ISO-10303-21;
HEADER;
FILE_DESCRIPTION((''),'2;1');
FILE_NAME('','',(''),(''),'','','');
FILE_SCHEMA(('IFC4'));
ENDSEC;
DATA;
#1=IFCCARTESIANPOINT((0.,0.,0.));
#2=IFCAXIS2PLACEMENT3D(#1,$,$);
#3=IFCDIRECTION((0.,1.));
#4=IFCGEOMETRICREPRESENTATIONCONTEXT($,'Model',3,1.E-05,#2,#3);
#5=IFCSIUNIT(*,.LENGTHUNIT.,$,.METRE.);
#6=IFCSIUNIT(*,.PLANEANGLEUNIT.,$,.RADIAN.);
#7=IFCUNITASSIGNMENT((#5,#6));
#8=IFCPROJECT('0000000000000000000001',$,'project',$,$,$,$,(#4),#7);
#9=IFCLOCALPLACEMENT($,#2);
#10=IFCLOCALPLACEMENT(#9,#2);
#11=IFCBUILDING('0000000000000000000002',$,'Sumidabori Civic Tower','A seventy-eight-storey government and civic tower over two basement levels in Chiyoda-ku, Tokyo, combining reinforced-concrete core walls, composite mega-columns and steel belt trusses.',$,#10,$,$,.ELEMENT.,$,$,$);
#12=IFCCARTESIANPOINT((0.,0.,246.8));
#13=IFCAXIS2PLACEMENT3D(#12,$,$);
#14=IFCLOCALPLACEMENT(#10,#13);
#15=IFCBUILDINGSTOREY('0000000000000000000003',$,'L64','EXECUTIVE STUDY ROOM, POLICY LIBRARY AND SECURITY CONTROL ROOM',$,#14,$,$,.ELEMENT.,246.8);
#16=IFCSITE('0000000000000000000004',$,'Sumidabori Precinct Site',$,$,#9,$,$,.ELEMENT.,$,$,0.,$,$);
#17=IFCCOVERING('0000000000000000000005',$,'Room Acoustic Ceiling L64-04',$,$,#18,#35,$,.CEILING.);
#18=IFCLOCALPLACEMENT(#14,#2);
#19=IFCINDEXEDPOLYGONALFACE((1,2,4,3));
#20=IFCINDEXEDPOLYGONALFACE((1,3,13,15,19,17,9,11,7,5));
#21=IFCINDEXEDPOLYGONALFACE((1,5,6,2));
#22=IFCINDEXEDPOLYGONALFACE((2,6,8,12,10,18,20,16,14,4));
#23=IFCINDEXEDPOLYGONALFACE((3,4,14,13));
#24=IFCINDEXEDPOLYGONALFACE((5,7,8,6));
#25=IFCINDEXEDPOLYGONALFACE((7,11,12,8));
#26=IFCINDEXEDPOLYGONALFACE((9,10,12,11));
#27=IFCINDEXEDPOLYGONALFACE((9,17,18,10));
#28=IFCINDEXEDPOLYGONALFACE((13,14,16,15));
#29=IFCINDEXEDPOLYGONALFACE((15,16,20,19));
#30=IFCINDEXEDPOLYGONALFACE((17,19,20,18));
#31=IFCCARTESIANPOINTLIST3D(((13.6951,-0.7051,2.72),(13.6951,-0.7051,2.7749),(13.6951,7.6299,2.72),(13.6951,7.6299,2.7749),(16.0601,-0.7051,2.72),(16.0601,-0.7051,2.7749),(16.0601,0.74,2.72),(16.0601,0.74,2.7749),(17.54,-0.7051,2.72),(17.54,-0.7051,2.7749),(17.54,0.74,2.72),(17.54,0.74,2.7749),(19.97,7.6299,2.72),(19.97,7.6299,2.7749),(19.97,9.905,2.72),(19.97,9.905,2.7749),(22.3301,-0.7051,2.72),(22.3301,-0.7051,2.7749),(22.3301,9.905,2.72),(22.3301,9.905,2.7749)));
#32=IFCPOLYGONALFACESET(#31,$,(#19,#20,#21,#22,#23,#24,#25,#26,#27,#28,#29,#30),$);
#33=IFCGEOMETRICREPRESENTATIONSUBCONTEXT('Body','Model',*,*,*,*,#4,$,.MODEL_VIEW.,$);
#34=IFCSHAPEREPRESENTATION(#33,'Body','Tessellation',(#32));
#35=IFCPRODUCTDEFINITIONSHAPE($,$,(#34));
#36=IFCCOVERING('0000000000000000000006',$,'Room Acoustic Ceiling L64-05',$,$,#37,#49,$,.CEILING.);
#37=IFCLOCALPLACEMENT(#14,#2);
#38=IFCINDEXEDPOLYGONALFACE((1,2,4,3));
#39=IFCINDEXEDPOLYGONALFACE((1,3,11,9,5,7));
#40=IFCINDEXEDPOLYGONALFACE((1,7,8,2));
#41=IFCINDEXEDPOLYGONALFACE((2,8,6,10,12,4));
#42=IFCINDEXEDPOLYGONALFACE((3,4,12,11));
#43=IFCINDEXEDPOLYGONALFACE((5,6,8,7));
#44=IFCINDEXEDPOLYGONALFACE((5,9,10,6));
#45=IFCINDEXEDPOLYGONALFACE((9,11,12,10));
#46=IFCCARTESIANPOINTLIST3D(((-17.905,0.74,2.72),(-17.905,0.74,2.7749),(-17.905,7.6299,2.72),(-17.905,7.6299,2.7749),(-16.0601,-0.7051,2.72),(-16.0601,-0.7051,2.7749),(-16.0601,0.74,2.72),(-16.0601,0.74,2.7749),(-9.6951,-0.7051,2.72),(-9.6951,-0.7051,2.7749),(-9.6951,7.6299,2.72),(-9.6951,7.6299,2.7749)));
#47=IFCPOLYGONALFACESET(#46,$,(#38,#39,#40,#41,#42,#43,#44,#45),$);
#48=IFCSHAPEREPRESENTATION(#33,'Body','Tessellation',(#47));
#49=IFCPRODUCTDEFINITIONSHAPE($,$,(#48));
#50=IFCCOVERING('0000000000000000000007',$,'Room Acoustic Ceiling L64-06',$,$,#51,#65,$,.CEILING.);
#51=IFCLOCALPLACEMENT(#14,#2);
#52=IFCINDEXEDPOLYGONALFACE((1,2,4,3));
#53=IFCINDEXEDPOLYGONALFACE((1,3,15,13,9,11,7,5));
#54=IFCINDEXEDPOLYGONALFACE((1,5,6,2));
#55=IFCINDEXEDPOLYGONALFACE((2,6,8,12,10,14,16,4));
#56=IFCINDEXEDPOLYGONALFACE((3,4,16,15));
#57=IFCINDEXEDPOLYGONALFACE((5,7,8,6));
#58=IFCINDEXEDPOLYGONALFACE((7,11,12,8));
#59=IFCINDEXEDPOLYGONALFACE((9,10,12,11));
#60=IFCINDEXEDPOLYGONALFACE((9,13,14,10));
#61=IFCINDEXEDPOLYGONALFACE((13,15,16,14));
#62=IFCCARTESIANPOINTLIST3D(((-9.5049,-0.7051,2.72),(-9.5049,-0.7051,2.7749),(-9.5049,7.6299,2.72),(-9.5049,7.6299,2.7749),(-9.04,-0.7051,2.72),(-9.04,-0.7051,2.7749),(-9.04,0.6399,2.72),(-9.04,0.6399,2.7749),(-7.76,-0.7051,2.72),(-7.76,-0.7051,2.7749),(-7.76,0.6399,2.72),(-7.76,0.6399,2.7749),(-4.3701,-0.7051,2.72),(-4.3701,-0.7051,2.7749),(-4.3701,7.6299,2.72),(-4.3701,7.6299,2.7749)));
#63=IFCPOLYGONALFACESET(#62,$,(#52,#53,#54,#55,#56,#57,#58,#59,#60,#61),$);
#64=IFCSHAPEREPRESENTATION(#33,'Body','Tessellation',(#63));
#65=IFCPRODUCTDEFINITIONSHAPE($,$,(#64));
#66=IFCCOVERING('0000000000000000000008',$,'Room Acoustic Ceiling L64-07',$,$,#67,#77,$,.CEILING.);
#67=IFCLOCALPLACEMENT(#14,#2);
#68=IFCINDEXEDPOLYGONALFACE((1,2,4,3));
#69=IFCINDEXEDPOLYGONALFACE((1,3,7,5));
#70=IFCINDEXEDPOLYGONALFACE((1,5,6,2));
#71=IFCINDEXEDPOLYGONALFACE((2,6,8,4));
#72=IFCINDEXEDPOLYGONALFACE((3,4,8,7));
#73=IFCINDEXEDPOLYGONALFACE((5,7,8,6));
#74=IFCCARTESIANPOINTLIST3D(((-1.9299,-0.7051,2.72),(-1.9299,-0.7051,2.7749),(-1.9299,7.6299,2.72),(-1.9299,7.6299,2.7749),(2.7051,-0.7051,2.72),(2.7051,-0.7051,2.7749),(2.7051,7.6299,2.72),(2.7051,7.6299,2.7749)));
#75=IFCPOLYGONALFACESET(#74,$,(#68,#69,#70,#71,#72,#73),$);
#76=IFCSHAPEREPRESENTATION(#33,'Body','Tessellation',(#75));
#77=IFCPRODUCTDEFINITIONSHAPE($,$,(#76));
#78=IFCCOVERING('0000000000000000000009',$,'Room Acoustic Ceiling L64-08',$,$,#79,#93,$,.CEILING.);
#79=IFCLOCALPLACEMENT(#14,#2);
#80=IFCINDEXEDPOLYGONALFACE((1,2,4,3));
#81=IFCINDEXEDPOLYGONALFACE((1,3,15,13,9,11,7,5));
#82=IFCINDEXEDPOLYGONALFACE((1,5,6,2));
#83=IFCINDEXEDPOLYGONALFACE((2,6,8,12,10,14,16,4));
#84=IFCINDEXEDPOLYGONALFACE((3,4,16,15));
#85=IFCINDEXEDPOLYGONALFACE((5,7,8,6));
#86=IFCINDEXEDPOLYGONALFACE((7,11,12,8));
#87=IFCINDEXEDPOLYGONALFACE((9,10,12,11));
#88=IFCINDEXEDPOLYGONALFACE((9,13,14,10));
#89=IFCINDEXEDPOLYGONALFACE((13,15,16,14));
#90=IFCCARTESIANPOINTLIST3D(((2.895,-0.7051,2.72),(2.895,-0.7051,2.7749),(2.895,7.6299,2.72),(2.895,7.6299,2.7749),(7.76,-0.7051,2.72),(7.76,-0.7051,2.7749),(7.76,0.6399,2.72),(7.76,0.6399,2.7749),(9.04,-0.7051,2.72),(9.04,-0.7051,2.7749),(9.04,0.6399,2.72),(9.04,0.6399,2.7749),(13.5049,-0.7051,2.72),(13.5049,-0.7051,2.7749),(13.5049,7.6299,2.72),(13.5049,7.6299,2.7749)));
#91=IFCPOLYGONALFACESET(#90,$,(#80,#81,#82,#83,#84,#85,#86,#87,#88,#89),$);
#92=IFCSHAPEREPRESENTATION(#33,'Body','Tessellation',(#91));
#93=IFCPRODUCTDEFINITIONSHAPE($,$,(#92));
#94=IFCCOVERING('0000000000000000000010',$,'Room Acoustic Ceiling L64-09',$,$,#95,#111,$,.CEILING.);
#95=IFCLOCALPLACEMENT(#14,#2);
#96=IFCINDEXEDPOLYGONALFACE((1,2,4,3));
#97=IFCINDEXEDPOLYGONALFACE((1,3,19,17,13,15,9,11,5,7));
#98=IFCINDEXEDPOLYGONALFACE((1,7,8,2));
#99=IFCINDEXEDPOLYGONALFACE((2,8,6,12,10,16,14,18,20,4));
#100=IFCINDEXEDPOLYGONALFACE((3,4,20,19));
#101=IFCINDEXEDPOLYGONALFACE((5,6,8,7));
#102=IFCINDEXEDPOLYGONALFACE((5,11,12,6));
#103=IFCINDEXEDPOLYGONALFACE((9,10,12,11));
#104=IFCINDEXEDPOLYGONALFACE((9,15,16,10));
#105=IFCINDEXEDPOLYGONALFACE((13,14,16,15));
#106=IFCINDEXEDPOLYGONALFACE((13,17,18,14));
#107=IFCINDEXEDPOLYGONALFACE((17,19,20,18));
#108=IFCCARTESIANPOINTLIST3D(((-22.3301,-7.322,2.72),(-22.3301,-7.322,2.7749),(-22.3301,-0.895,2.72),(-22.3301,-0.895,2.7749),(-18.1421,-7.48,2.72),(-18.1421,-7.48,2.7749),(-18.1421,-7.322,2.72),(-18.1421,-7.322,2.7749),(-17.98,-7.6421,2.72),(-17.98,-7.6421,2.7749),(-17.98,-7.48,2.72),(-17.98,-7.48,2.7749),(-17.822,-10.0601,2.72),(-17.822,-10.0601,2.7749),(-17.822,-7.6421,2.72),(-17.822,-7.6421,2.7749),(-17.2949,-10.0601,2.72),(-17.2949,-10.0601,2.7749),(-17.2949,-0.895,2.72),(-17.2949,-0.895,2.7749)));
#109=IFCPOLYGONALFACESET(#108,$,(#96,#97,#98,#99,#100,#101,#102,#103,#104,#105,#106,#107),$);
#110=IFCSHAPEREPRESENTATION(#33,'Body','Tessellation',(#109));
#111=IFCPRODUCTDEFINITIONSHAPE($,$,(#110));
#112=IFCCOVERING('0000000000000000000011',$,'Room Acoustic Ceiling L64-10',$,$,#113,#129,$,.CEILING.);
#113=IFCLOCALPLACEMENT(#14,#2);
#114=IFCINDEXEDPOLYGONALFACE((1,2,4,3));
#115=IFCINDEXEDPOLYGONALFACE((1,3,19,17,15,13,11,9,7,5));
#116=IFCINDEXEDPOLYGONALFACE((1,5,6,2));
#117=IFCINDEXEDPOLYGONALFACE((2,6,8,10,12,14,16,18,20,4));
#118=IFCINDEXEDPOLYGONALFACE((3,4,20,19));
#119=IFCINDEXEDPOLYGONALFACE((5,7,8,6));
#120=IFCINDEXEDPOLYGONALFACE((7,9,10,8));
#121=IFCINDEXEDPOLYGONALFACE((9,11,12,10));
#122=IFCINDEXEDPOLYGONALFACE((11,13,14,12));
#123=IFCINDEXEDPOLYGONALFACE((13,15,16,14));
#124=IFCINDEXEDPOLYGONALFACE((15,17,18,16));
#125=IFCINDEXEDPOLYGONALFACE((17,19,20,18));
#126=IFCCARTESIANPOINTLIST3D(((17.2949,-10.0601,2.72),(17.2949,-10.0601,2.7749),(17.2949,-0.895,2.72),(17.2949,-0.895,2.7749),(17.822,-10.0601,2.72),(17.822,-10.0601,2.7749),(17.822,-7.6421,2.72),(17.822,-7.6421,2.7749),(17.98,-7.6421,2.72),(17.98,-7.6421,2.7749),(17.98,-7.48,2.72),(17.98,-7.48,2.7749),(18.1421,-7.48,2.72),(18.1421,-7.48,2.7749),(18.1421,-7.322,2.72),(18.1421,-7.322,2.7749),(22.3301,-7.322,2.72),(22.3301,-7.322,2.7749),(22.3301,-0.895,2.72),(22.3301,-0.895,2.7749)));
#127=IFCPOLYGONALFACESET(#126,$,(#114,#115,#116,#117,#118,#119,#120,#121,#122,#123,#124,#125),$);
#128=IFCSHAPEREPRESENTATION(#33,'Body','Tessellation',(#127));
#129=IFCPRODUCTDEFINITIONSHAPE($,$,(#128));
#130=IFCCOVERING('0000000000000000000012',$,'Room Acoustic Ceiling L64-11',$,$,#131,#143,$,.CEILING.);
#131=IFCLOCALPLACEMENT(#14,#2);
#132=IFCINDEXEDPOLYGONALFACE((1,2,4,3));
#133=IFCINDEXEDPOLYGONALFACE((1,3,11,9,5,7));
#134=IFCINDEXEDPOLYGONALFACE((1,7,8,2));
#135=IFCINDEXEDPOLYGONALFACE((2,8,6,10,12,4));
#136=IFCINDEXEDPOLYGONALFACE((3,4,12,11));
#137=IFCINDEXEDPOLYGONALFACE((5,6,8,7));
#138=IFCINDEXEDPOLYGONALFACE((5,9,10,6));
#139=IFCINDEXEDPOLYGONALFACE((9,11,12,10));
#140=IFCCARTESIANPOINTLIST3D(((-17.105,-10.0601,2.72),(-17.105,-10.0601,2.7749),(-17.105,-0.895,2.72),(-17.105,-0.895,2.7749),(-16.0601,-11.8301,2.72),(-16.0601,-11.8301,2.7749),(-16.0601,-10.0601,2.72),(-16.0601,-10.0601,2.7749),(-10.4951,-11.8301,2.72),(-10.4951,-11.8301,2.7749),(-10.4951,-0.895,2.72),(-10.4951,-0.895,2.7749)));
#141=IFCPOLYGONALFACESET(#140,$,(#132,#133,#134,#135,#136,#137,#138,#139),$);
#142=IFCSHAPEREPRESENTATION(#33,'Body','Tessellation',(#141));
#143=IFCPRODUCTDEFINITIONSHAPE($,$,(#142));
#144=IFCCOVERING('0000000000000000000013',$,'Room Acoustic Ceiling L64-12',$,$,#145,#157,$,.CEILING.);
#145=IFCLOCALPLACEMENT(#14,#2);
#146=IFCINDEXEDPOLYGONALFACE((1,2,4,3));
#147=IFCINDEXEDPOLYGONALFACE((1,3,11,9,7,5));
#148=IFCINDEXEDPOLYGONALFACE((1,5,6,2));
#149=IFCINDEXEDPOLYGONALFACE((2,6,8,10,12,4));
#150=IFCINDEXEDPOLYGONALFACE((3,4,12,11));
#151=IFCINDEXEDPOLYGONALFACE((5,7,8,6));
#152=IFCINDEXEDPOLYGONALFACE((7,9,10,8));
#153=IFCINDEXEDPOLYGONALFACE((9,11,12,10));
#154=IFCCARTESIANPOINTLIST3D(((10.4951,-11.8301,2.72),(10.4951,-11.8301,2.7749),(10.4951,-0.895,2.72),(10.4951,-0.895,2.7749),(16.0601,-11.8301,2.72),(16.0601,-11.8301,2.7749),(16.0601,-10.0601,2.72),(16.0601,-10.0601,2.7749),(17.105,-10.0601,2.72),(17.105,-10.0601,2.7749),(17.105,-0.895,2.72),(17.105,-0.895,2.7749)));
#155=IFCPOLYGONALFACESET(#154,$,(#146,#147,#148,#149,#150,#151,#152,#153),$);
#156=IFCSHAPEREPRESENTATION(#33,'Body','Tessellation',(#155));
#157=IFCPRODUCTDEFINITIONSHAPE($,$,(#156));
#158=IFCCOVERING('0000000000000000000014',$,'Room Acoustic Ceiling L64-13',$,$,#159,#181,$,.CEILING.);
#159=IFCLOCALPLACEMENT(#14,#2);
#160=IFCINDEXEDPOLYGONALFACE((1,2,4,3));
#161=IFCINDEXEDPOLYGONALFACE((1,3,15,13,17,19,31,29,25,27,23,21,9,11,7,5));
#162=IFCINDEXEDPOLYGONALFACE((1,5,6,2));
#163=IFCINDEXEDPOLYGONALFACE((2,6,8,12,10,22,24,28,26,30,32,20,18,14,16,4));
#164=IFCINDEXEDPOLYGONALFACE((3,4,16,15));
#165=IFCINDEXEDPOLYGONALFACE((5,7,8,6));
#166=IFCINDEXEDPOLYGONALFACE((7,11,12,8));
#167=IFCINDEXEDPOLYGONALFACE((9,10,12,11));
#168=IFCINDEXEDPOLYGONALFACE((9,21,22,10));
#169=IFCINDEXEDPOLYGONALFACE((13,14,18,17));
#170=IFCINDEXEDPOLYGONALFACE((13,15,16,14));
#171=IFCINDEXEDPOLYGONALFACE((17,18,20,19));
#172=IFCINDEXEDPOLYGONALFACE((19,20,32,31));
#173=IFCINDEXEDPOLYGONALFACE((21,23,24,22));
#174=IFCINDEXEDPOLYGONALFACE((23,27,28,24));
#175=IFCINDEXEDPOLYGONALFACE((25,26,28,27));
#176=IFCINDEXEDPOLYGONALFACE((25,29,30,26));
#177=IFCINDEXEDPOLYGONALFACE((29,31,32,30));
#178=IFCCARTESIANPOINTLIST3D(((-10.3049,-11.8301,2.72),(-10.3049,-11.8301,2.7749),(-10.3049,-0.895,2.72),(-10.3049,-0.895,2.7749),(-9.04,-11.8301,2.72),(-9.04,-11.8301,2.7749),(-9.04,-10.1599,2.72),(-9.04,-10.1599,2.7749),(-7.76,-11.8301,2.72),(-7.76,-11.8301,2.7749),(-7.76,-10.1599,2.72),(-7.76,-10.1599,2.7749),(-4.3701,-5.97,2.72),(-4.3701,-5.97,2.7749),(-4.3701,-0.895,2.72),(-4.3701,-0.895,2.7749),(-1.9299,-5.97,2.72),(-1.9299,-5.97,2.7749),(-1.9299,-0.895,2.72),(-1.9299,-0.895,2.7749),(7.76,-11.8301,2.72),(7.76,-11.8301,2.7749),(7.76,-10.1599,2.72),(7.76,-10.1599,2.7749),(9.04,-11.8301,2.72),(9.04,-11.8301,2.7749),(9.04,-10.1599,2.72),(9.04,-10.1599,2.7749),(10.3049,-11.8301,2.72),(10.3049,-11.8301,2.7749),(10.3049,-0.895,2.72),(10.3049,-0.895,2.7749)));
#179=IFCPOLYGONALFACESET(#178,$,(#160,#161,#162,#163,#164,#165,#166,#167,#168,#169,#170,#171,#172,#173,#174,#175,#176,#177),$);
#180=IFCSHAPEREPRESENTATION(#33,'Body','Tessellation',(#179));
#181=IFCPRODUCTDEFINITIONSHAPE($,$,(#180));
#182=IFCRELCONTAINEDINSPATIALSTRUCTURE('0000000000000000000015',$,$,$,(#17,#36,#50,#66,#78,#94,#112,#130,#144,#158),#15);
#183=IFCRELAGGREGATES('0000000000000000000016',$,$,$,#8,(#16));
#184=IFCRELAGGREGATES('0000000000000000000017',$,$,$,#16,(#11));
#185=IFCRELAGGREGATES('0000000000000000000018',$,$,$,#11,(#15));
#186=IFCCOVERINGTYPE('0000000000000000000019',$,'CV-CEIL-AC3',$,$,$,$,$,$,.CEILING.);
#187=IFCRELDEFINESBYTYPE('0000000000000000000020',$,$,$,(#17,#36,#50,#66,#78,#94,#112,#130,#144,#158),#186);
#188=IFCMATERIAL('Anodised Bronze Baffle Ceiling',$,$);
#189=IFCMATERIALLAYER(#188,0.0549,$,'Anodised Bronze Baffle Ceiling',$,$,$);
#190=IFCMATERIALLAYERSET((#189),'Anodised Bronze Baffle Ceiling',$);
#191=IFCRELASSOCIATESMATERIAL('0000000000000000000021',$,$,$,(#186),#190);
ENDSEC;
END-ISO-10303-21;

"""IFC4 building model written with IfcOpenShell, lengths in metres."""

from ifc_helpers import new_model, si_unit, direction, frame, origin, place, context, subcontext, project, spatial, polyline, outline, extrude, material, layer, layer_set, type_object, element, save


model = new_model("IFC4")

# Units and contexts
model_context = context("Model", 3, precision=1e-05, world=origin(), true_north=direction((0.0, 1.0)))
body_context = subcontext(model_context, "Body", "Model", "MODEL_VIEW")
ifc_project = project(units=[si_unit("LENGTHUNIT", "METRE"), si_unit("PLANEANGLEUNIT", "RADIAN")], contexts=[model_context])

# Site, building, storey
site_placement = place(None, origin())
site = spatial("IfcSite", under=ifc_project, at=site_placement, Name="Sumidabori Precinct Site", CompositionType="ELEMENT", RefElevation=0.0)
building_placement = place(site_placement, origin())
building = spatial("IfcBuilding", under=site, at=building_placement, Name="Sumidabori Civic Tower", Description="A seventy-eight-storey government and civic tower over two basement levels in Chiyoda-ku, Tokyo, combining reinforced-concrete core walls, composite mega-columns and steel belt trusses.", CompositionType="ELEMENT")
storey_placement = place(building_placement, frame((0.0, 0.0, 246.8)))
storey = spatial("IfcBuildingStorey", under=building, at=storey_placement, Name="L64", Description="EXECUTIVE STUDY ROOM, POLICY LIBRARY AND SECURITY CONTROL ROOM", CompositionType="ELEMENT", Elevation=246.8)

# Coverings
ifc_material_1 = material(Name="Anodised Bronze Baffle Ceiling")
ifc_layer_1 = layer(ifc_material_1, 0.0549, Name="Anodised Bronze Baffle Ceiling")
ifc_layer_set_1 = layer_set([ifc_layer_1], Name="Anodised Bronze Baffle Ceiling")
covering_type_1 = type_object("IfcCoveringType", Name="CV-CEIL-AC3", PredefinedType="CEILING", material=ifc_layer_set_1)
covering_1_placement = place(storey_placement, frame((0.0, 0.0, 2.72)))
element("IfcCovering", 1, at=covering_1_placement, inside=storey, type_object=covering_type_1, Name="Room Acoustic Ceiling L64-04", PredefinedType="CEILING", context=body_context, shape_type="SweptSolid", body=[
    extrude(outline(polyline([(13.6951, 7.6299), (19.97, 7.6299), (19.97, 9.905), (22.3301, 9.905), (22.3301, -0.7051), (17.54, -0.7051), (17.54, 0.74), (16.0601, 0.74), (16.0601, -0.7051), (13.6951, -0.7051), (13.6951, 7.6299)])), origin(), (0.0, 0.0, 1.0), 0.0549),
])
covering_2_placement = place(storey_placement, frame((0.0, 0.0, 2.72)))
element("IfcCovering", 2, at=covering_2_placement, inside=storey, type_object=covering_type_1, Name="Room Acoustic Ceiling L64-05", PredefinedType="CEILING", context=body_context, shape_type="SweptSolid", body=[
    extrude(outline(polyline([(-17.905, 7.6299), (-9.6951, 7.6299), (-9.6951, -0.7051), (-16.0601, -0.7051), (-16.0601, 0.74), (-17.905, 0.74), (-17.905, 7.6299)])), origin(), (0.0, 0.0, 1.0), 0.0549),
])
covering_3_placement = place(storey_placement, frame((0.0, 0.0, 2.72)))
element("IfcCovering", 3, at=covering_3_placement, inside=storey, type_object=covering_type_1, Name="Room Acoustic Ceiling L64-06", PredefinedType="CEILING", context=body_context, shape_type="SweptSolid", body=[
    extrude(outline(polyline([(-9.5049, 7.6299), (-4.3701, 7.6299), (-4.3701, -0.7051), (-7.76, -0.7051), (-7.76, 0.6399), (-9.04, 0.6399), (-9.04, -0.7051), (-9.5049, -0.7051), (-9.5049, 7.6299)])), origin(), (0.0, 0.0, 1.0), 0.0549),
])
covering_4_placement = place(storey_placement, frame((0.0, 0.0, 2.72)))
element("IfcCovering", 4, at=covering_4_placement, inside=storey, type_object=covering_type_1, Name="Room Acoustic Ceiling L64-07", PredefinedType="CEILING", context=body_context, shape_type="SweptSolid", body=[
    extrude(outline(polyline([(-1.9299, 7.6299), (2.7051, 7.6299), (2.7051, -0.7051), (-1.9299, -0.7051), (-1.9299, 7.6299)])), origin(), (0.0, 0.0, 1.0), 0.0549),
])
covering_5_placement = place(storey_placement, frame((0.0, 0.0, 2.72)))
element("IfcCovering", 5, at=covering_5_placement, inside=storey, type_object=covering_type_1, Name="Room Acoustic Ceiling L64-08", PredefinedType="CEILING", context=body_context, shape_type="SweptSolid", body=[
    extrude(outline(polyline([(2.895, 7.6299), (13.5049, 7.6299), (13.5049, -0.7051), (9.04, -0.7051), (9.04, 0.6399), (7.76, 0.6399), (7.76, -0.7051), (2.895, -0.7051), (2.895, 7.6299)])), origin(), (0.0, 0.0, 1.0), 0.0549),
])
covering_6_placement = place(storey_placement, frame((0.0, 0.0, 2.72)))
element("IfcCovering", 6, at=covering_6_placement, inside=storey, type_object=covering_type_1, Name="Room Acoustic Ceiling L64-09", PredefinedType="CEILING", context=body_context, shape_type="SweptSolid", body=[
    extrude(outline(polyline([(-22.3301, -7.322), (-22.3301, -0.895), (-17.2949, -0.895), (-17.2949, -10.0601), (-17.822, -10.0601), (-17.822, -7.6421), (-17.98, -7.6421), (-17.98, -7.48), (-18.1421, -7.48), (-18.1421, -7.322), (-22.3301, -7.322)])), origin(), (0.0, 0.0, 1.0), 0.0549),
])
covering_7_placement = place(storey_placement, frame((0.0, 0.0, 2.72)))
element("IfcCovering", 7, at=covering_7_placement, inside=storey, type_object=covering_type_1, Name="Room Acoustic Ceiling L64-10", PredefinedType="CEILING", context=body_context, shape_type="SweptSolid", body=[
    extrude(outline(polyline([(22.3301, -0.895), (22.3301, -7.322), (18.1421, -7.322), (18.1421, -7.48), (17.98, -7.48), (17.98, -7.6421), (17.822, -7.6421), (17.822, -10.0601), (17.2949, -10.0601), (17.2949, -0.895), (22.3301, -0.895)])), origin(), (0.0, 0.0, 1.0), 0.0549),
])
covering_8_placement = place(storey_placement, frame((0.0, 0.0, 2.72)))
element("IfcCovering", 8, at=covering_8_placement, inside=storey, type_object=covering_type_1, Name="Room Acoustic Ceiling L64-11", PredefinedType="CEILING", context=body_context, shape_type="SweptSolid", body=[
    extrude(outline(polyline([(-16.0601, -10.0601), (-17.105, -10.0601), (-17.105, -0.895), (-10.4951, -0.895), (-10.4951, -11.8301), (-16.0601, -11.8301), (-16.0601, -10.0601)])), origin(), (0.0, 0.0, 1.0), 0.0549),
])
covering_9_placement = place(storey_placement, frame((0.0, 0.0, 2.72)))
element("IfcCovering", 9, at=covering_9_placement, inside=storey, type_object=covering_type_1, Name="Room Acoustic Ceiling L64-12", PredefinedType="CEILING", context=body_context, shape_type="SweptSolid", body=[
    extrude(outline(polyline([(10.4951, -11.8301), (10.4951, -0.895), (17.105, -0.895), (17.105, -10.0601), (16.0601, -10.0601), (16.0601, -11.8301), (10.4951, -11.8301)])), origin(), (0.0, 0.0, 1.0), 0.0549),
])
covering_10_placement = place(storey_placement, frame((0.0, 0.0, 2.72)))
element("IfcCovering", 10, at=covering_10_placement, inside=storey, type_object=covering_type_1, Name="Room Acoustic Ceiling L64-13", PredefinedType="CEILING", context=body_context, shape_type="SweptSolid", body=[
    extrude(outline(polyline([(-4.3701, -5.97), (-1.9299, -5.97), (-1.9299, -0.895), (10.3049, -0.895), (10.3049, -11.8301), (9.04, -11.8301), (9.04, -10.1599), (7.76, -10.1599), (7.76, -11.8301), (-7.76, -11.8301), (-7.76, -10.1599), (-9.04, -10.1599), (-9.04, -11.8301), (-10.3049, -11.8301), (-10.3049, -0.895), (-4.3701, -0.895), (-4.3701, -5.97)])), origin(), (0.0, 0.0, 1.0), 0.0549),
])

save(model, "model.ifc")
